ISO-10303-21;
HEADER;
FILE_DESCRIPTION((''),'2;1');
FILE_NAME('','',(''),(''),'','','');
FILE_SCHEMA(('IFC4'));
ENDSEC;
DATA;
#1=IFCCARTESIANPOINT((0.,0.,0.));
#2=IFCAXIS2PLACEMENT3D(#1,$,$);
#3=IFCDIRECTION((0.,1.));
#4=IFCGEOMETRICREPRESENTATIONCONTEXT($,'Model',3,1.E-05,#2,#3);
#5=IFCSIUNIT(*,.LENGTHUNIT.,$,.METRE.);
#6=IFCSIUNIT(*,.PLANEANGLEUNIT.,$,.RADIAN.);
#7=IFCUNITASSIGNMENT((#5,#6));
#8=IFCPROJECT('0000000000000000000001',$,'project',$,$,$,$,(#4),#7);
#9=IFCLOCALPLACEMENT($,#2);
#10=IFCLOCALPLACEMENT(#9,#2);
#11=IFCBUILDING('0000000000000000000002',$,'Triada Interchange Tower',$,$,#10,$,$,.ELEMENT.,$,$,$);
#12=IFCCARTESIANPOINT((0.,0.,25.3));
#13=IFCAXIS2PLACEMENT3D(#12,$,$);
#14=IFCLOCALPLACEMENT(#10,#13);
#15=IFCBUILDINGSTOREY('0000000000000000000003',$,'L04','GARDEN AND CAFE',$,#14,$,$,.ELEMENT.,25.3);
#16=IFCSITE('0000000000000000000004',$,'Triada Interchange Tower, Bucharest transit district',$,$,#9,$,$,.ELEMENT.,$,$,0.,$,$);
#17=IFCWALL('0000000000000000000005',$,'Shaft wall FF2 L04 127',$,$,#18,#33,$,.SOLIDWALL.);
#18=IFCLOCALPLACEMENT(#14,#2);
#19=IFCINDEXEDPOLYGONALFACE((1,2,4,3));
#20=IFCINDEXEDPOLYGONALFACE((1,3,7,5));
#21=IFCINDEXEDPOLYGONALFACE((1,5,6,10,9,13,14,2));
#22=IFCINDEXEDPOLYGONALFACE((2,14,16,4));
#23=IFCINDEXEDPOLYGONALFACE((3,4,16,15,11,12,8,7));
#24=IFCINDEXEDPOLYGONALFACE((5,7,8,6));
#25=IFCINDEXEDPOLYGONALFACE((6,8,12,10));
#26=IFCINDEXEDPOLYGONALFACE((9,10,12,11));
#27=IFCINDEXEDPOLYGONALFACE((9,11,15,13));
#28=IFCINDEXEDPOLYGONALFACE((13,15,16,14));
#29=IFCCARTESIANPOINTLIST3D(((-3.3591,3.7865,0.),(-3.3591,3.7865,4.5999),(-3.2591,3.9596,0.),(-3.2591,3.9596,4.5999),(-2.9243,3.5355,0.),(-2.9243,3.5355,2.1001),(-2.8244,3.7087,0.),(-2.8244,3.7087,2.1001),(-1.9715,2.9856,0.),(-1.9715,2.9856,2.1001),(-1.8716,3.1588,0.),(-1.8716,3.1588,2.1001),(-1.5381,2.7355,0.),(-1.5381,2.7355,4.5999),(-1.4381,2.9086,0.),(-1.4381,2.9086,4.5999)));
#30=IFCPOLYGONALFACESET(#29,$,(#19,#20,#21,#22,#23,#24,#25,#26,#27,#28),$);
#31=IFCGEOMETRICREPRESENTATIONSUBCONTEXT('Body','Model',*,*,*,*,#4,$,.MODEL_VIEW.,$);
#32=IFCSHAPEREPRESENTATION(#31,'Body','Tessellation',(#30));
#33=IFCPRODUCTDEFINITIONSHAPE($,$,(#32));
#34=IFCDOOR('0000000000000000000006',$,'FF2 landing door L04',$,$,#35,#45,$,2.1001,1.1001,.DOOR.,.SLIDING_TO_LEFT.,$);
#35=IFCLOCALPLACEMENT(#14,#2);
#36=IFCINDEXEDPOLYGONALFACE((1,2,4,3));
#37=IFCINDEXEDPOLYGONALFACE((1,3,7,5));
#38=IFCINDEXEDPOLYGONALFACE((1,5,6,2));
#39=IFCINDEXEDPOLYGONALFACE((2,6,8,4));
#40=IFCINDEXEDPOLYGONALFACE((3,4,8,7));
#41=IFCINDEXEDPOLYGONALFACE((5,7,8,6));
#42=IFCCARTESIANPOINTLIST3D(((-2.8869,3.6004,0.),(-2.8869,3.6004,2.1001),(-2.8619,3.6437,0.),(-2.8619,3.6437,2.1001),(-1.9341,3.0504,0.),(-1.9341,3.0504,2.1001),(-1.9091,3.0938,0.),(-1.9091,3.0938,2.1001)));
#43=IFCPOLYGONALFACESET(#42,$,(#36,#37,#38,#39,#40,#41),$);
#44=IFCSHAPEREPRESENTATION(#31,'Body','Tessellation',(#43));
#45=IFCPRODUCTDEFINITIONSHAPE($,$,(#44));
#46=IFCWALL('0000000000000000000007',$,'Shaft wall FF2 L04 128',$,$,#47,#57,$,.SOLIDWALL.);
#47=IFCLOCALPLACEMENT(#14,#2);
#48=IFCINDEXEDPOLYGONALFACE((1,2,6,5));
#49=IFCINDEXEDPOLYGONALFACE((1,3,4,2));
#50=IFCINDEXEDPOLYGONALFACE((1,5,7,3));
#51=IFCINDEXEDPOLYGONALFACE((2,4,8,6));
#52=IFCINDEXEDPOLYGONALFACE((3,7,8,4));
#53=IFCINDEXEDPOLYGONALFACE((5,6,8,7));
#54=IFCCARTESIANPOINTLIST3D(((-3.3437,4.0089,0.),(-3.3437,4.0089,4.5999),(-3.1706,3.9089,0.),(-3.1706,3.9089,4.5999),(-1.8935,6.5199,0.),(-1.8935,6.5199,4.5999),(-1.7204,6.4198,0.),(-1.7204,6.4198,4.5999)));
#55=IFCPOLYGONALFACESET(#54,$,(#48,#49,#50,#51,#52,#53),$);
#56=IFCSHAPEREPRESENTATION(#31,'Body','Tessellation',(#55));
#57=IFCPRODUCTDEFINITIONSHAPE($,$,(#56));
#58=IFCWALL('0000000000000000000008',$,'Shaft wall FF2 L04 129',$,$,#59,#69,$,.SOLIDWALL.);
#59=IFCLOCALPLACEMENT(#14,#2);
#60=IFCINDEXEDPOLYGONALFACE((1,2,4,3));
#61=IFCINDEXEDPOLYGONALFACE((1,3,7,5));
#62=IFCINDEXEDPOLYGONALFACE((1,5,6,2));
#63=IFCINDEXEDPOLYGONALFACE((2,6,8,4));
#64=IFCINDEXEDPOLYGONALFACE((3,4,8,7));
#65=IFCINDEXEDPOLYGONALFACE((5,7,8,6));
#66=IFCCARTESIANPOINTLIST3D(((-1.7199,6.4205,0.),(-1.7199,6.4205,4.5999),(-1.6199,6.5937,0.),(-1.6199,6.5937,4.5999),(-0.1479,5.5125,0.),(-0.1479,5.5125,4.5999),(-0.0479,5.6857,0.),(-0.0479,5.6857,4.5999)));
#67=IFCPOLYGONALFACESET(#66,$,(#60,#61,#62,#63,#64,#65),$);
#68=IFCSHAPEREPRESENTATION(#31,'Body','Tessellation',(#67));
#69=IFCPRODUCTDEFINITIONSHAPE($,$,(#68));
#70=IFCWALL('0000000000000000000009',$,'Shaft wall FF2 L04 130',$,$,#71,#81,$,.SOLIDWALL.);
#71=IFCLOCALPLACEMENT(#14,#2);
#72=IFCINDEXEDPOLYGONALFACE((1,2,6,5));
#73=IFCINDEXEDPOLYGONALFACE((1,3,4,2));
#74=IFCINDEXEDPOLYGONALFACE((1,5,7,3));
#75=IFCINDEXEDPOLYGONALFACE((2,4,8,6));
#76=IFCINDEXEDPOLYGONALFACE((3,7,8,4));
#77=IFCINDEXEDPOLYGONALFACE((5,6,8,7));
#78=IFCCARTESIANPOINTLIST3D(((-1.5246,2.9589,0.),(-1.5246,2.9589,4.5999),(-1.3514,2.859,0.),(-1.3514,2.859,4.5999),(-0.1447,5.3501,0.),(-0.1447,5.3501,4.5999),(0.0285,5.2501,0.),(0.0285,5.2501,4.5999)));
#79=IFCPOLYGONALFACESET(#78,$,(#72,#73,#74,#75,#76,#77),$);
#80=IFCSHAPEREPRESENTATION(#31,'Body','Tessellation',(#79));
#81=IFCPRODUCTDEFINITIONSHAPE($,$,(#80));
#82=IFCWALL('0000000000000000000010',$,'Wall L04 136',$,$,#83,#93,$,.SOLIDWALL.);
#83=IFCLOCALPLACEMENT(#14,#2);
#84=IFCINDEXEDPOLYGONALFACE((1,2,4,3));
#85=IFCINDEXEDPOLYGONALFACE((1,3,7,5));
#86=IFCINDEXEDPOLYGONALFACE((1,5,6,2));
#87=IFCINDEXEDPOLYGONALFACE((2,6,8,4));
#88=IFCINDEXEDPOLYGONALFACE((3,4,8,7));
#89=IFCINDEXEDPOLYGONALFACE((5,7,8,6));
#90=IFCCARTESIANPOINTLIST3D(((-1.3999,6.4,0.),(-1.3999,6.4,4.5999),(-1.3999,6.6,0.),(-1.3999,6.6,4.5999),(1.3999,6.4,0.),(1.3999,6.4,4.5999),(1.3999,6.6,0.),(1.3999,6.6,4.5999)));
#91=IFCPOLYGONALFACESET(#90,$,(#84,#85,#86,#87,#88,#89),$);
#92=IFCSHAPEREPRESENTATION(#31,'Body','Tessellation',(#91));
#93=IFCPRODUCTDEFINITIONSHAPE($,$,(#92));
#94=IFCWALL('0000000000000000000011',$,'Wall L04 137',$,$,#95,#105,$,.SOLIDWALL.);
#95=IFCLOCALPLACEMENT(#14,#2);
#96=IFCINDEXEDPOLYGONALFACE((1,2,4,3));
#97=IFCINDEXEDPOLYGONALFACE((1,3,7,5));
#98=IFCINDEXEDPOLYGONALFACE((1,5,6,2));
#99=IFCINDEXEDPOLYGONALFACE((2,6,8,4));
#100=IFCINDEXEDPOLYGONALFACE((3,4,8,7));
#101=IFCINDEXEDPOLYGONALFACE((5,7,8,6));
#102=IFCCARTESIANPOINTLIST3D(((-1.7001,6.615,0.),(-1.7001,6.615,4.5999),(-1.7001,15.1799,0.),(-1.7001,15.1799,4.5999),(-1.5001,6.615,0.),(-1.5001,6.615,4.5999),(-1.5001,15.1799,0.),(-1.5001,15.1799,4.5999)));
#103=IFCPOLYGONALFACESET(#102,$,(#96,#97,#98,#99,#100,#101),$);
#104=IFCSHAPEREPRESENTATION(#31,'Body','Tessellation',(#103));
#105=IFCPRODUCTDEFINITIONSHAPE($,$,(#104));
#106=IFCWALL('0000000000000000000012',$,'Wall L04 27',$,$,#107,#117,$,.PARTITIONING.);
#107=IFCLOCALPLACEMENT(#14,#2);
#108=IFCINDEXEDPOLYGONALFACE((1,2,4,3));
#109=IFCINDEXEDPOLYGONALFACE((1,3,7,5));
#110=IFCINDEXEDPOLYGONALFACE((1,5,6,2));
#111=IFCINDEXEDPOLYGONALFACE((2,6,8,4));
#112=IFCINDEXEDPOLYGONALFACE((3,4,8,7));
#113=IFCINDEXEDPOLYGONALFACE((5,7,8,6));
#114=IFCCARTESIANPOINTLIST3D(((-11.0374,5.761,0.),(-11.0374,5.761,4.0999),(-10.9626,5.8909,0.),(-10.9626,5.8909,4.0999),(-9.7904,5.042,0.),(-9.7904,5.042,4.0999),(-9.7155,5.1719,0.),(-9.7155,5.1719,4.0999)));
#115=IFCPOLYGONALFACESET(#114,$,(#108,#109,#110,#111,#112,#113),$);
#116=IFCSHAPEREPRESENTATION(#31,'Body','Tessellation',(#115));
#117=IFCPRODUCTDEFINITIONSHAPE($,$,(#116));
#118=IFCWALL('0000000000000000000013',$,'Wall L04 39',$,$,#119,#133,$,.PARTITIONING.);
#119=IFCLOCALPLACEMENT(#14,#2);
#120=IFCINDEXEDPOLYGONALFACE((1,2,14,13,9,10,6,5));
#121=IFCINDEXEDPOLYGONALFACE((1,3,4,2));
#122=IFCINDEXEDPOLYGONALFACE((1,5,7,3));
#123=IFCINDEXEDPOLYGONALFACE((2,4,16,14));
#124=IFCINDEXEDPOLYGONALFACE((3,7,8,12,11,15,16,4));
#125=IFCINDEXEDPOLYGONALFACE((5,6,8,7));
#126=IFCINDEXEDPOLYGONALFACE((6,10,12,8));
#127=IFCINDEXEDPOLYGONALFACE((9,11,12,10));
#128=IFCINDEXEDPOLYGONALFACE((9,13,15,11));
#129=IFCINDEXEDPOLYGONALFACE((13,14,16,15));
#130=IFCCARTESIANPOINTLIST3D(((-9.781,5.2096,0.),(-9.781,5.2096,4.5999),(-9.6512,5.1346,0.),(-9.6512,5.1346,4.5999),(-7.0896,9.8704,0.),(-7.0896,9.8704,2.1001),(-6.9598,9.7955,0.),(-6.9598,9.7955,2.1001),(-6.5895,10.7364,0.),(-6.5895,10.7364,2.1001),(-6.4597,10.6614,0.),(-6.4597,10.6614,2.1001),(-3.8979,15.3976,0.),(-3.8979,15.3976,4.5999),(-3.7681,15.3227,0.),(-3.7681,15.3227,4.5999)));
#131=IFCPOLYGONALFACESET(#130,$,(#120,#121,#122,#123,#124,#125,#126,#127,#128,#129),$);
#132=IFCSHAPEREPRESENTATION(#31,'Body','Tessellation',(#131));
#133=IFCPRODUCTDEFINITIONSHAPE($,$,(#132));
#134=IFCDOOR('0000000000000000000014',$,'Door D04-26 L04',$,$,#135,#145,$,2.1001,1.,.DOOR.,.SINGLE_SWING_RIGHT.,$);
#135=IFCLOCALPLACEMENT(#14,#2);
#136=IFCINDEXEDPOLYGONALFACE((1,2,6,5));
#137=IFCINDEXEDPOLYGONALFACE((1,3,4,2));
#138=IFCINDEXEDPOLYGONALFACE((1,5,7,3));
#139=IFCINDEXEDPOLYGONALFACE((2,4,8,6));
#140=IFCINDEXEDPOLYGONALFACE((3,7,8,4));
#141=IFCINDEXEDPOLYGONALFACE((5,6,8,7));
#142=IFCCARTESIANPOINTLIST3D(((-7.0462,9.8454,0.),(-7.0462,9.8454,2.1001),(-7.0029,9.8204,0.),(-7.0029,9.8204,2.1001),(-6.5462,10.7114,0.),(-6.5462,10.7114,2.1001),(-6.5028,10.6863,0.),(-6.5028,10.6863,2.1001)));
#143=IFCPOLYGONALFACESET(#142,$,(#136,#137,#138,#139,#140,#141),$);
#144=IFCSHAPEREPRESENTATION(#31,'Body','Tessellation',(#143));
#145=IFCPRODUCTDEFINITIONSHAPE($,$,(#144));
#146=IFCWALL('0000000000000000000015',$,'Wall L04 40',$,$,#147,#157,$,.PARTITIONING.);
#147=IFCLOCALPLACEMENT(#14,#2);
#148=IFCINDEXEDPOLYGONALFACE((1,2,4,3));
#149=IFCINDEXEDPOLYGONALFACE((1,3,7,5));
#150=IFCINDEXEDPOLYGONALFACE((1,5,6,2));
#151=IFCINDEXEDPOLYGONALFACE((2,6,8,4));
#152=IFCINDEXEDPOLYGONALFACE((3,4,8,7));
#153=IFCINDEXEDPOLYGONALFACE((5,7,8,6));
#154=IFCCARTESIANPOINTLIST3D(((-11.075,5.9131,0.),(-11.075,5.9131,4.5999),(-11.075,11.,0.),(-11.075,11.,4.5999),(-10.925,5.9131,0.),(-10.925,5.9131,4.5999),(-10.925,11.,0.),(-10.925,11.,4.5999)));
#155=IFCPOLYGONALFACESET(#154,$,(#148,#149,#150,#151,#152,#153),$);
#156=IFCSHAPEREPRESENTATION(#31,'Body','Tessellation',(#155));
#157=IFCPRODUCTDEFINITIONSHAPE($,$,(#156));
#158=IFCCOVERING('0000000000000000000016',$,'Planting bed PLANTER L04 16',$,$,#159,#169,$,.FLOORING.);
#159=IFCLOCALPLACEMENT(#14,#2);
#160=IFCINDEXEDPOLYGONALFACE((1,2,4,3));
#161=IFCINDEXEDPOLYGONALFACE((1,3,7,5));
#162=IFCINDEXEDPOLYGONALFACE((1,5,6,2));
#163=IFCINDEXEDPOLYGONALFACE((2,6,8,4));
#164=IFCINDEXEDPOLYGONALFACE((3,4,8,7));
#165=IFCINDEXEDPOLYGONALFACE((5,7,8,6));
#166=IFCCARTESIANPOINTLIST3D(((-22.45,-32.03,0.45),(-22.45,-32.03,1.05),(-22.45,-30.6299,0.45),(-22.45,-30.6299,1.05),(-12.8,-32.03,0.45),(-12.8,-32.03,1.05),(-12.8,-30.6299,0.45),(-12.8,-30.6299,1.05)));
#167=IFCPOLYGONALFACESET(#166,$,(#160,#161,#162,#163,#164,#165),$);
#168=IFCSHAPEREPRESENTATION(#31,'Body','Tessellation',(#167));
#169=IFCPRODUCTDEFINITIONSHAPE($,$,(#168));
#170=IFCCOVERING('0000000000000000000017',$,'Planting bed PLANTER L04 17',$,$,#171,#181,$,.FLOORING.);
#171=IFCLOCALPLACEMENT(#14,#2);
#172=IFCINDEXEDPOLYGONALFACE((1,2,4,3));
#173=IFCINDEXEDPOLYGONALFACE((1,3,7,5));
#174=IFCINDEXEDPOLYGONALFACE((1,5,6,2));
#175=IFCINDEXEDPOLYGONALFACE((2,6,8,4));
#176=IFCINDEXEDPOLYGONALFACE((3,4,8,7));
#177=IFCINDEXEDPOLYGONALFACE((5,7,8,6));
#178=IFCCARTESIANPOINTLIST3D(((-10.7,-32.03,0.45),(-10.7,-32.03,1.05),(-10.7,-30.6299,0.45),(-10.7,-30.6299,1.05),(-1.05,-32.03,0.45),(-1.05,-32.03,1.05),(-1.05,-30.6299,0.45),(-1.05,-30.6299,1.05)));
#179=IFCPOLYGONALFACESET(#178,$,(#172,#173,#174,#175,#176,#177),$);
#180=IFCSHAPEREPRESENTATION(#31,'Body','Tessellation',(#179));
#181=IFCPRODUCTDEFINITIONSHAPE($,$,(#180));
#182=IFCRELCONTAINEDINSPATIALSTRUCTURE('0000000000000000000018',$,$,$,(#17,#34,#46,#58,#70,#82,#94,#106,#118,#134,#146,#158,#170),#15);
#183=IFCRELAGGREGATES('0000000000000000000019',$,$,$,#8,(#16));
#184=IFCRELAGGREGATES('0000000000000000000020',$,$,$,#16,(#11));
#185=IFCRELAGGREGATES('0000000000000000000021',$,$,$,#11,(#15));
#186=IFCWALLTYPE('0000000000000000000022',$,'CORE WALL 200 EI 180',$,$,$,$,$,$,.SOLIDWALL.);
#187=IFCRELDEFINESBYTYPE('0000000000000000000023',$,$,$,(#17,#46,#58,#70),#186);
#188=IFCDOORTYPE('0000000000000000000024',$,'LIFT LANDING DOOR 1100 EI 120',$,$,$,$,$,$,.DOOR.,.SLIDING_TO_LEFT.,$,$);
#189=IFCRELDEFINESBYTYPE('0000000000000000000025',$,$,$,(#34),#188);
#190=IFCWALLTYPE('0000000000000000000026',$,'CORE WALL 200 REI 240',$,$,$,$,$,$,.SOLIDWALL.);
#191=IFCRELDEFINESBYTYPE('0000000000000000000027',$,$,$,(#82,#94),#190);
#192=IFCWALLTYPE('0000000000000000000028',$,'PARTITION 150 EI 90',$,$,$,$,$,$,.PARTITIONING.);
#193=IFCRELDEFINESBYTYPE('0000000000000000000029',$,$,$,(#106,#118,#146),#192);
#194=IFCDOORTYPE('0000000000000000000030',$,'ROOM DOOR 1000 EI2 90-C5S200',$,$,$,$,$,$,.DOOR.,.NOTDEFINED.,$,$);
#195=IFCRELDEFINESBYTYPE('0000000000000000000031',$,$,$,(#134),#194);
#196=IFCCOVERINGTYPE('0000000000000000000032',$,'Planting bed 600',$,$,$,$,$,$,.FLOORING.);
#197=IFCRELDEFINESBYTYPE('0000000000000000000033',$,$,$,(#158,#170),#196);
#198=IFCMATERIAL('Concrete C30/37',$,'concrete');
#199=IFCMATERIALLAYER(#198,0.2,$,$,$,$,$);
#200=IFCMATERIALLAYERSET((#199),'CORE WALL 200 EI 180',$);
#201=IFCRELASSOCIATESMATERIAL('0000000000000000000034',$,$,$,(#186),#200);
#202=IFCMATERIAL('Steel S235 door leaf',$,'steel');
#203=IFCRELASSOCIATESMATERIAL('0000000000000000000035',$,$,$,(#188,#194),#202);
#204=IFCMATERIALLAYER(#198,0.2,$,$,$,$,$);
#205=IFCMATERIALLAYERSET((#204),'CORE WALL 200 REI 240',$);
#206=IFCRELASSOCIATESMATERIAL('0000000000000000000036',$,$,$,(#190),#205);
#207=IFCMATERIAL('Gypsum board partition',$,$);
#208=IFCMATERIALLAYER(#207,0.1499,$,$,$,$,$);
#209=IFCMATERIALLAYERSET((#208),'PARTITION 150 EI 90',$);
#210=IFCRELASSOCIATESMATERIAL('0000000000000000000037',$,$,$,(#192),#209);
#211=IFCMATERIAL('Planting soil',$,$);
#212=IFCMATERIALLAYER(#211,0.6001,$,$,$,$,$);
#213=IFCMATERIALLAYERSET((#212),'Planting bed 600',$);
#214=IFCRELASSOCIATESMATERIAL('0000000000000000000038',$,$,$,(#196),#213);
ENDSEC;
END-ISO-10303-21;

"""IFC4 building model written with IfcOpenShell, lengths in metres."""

from ifc_helpers import new_model, si_unit, direction, frame, frame_2d, origin, place, context, subcontext, project, spatial, polyline, rectangle, outline, extrude, material, layer, layer_set, type_object, element, fill, save


model = new_model("IFC4")

# Units and contexts
model_context = context("Model", 3, precision=1e-05, world=origin(), true_north=direction((0.0, 1.0)))
body_context = subcontext(model_context, "Body", "Model", "MODEL_VIEW")
ifc_project = project(units=[si_unit("LENGTHUNIT", "METRE"), si_unit("PLANEANGLEUNIT", "RADIAN")], contexts=[model_context])

# Site, building, storey
site_placement = place(None, origin())
site = spatial("IfcSite", under=ifc_project, at=site_placement, Name="Triada Interchange Tower, Bucharest transit district", CompositionType="ELEMENT", RefElevation=0.0)
building_placement = place(site_placement, origin())
building = spatial("IfcBuilding", under=site, at=building_placement, Name="Triada Interchange Tower", CompositionType="ELEMENT")
storey_placement = place(building_placement, frame((0.0, 0.0, 25.3)))
storey = spatial("IfcBuildingStorey", under=building, at=storey_placement, Name="L04", Description="GARDEN AND CAFE", CompositionType="ELEMENT", Elevation=25.3)

# Shared definitions
ifc_material_1 = material(Name="Concrete C30/37", Category="concrete")

# Shared definitions
ifc_layer_1 = layer(ifc_material_1, 0.2)
ifc_layer_set_1 = layer_set([ifc_layer_1], Name="CORE WALL 200 EI 180")
wall_type_1 = type_object("IfcWallType", Name="CORE WALL 200 EI 180", PredefinedType="SOLIDWALL", material=ifc_layer_set_1)
ifc_material_2 = material(Name="Steel S235 door leaf", Category="steel")
door_type_1 = type_object("IfcDoorType", Name="LIFT LANDING DOOR 1100 EI 120", OperationType="SLIDING_TO_LEFT", PredefinedType="DOOR", material=ifc_material_2)

# Wall, opening, door
wall_1_placement = place(storey_placement, frame((-3.3091, 3.873, 0.0), z_axis=(0.0, 0.0, 1.0), x_axis=(0.866099, -0.499873, 0.0)))
wall_1 = element("IfcWall", 1, at=wall_1_placement, inside=storey, type_object=wall_type_1, Name="Shaft wall FF2 L04 127", PredefinedType="SOLIDWALL", context=body_context, shape_type="SweptSolid", body=[
    extrude(rectangle(XDim=2.1025, YDim=0.2, at=frame_2d((1.0513, 0.0))), origin(), (0.0, 0.0, 1.0), 4.5999),
])
opening_1_placement = place(wall_1_placement, frame((0.502, 0.0, 0.0)))
opening_1 = element("IfcOpeningElement", 2, at=opening_1_placement, cuts=wall_1, PredefinedType="OPENING", context=body_context, shape_type="SweptSolid", body=[
    extrude(rectangle(XDim=1.1001, YDim=2.1001, at=frame_2d((0.55, 1.05))), frame((0.0, 0.1099, 0.0), z_axis=(0.0, -1.0, 0.0), x_axis=(1.0, 0.0, 0.0)), (0.0, 0.0, 1.0), 0.22),
])
door_1_placement = place(opening_1_placement, origin())
door_1 = element("IfcDoor", 3, at=door_1_placement, inside=storey, type_object=door_type_1, Name="FF2 landing door L04", OperationType="SLIDING_TO_LEFT", OverallHeight=2.1001, OverallWidth=1.1001, PredefinedType="DOOR", context=body_context, shape_type="SweptSolid", body=[
    extrude(rectangle(XDim=1.1001, YDim=2.1001, at=frame_2d((0.55, 1.05))), frame((0.0, 0.0249, 0.0), z_axis=(0.0, -1.0, 0.0), x_axis=(1.0, 0.0, 0.0)), (0.0, 0.0, 1.0), 0.05),
])
fill(opening_1, door_1)

# Walls
wall_2_placement = place(storey_placement, frame((-3.2571, 3.959, 0.0), z_axis=(0.0, 0.0, 1.0), x_axis=(0.500123, 0.865954, 0.0)))
element("IfcWall", 4, at=wall_2_placement, inside=storey, type_object=wall_type_1, Name="Shaft wall FF2 L04 128", PredefinedType="SOLIDWALL", context=body_context, shape_type="SweptSolid", body=[
    extrude(rectangle(XDim=2.8997, YDim=0.2, at=frame_2d((1.4497, 0.0))), origin(), (0.0, 0.0, 1.0), 4.5999),
])
wall_3_placement = place(storey_placement, frame((-1.6699, 6.5071, 0.0), z_axis=(0.0, 0.0, 1.0), x_axis=(0.865941, -0.500145, 0.0)))
element("IfcWall", 5, at=wall_3_placement, inside=storey, type_object=wall_type_1, Name="Shaft wall FF2 L04 129", PredefinedType="SOLIDWALL", context=body_context, shape_type="SweptSolid", body=[
    extrude(rectangle(XDim=1.8154, YDim=0.2, at=frame_2d((0.9077, 0.0))), origin(), (0.0, 0.0, 1.0), 4.5999),
])
wall_4_placement = place(storey_placement, frame((-1.438, 2.9089, 0.0), z_axis=(0.0, 0.0, 1.0), x_axis=(0.49983, 0.866124, 0.0)))
element("IfcWall", 6, at=wall_4_placement, inside=storey, type_object=wall_type_1, Name="Shaft wall FF2 L04 130", PredefinedType="SOLIDWALL", context=body_context, shape_type="SweptSolid", body=[
    extrude(rectangle(XDim=2.7607, YDim=0.2, at=frame_2d((1.3804, 0.0))), origin(), (0.0, 0.0, 1.0), 4.5999),
])
ifc_layer_2 = layer(ifc_material_1, 0.2)
ifc_layer_set_2 = layer_set([ifc_layer_2], Name="CORE WALL 200 REI 240")
wall_type_2 = type_object("IfcWallType", Name="CORE WALL 200 REI 240", PredefinedType="SOLIDWALL", material=ifc_layer_set_2)
wall_5_placement = place(storey_placement, frame((-1.3999, 6.5, 0.0), z_axis=(0.0, 0.0, 1.0), x_axis=(1.0, 0.0, 0.0)))
element("IfcWall", 7, at=wall_5_placement, inside=storey, type_object=wall_type_2, Name="Wall L04 136", PredefinedType="SOLIDWALL", context=body_context, shape_type="SweptSolid", body=[
    extrude(rectangle(XDim=2.7998, YDim=0.2, at=frame_2d((1.3999, 0.0))), origin(), (0.0, 0.0, 1.0), 4.5999),
])
wall_6_placement = place(storey_placement, frame((-1.6001, 6.615, 0.0), z_axis=(0.0, 0.0, 1.0), x_axis=(0.0, 1.0, 0.0)))
element("IfcWall", 8, at=wall_6_placement, inside=storey, type_object=wall_type_2, Name="Wall L04 137", PredefinedType="SOLIDWALL", context=body_context, shape_type="SweptSolid", body=[
    extrude(rectangle(XDim=8.5649, YDim=0.2, at=frame_2d((4.2825, 0.0))), origin(), (0.0, 0.0, 1.0), 4.5999),
])
ifc_material_3 = material(Name="Gypsum board partition")
ifc_layer_3 = layer(ifc_material_3, 0.1499)
ifc_layer_set_3 = layer_set([ifc_layer_3], Name="PARTITION 150 EI 90")
wall_type_3 = type_object("IfcWallType", Name="PARTITION 150 EI 90", PredefinedType="PARTITIONING", material=ifc_layer_set_3)
wall_7_placement = place(storey_placement, frame((-11.0, 5.8259, 0.0), z_axis=(0.0, 0.0, 1.0), x_axis=(0.866327, -0.499478, 0.0)))
element("IfcWall", 9, at=wall_7_placement, inside=storey, type_object=wall_type_3, Name="Wall L04 27", PredefinedType="PARTITIONING", context=body_context, shape_type="SweptSolid", body=[
    extrude(rectangle(XDim=1.4395, YDim=0.1499, at=frame_2d((0.7197, 0.0))), origin(), (0.0, 0.0, 1.0), 4.0999),
])

# Wall, opening, door
wall_8_placement = place(storey_placement, frame((-9.7161, 5.1721, 0.0), z_axis=(0.0, 0.0, 1.0), x_axis=(0.500065, 0.865988, 0.0)))
wall_8 = element("IfcWall", 10, at=wall_8_placement, inside=storey, type_object=wall_type_3, Name="Wall L04 39", PredefinedType="PARTITIONING", context=body_context, shape_type="SweptSolid", body=[
    extrude(rectangle(XDim=11.7646, YDim=0.1499, at=frame_2d((5.8823, 0.0))), origin(), (0.0, 0.0, 1.0), 4.5999),
])
opening_2_placement = place(wall_8_placement, frame((5.3821, 0.0, 0.0)))
opening_2 = element("IfcOpeningElement", 11, at=opening_2_placement, cuts=wall_8, PredefinedType="OPENING", context=body_context, shape_type="SweptSolid", body=[
    extrude(rectangle(XDim=1.0, YDim=2.1001, at=frame_2d((0.5, 1.05))), frame((0.0, 0.085, 0.0), z_axis=(0.0, -1.0, 0.0), x_axis=(1.0, 0.0, 0.0)), (0.0, 0.0, 1.0), 0.1699),
])
door_type_2 = type_object("IfcDoorType", Name="ROOM DOOR 1000 EI2 90-C5S200", OperationType="NOTDEFINED", PredefinedType="DOOR", material=ifc_material_2)
door_2_placement = place(opening_2_placement, origin())
door_2 = element("IfcDoor", 12, at=door_2_placement, inside=storey, type_object=door_type_2, Name="Door D04-26 L04", OperationType="SINGLE_SWING_RIGHT", OverallHeight=2.1001, OverallWidth=1.0, PredefinedType="DOOR", context=body_context, shape_type="SweptSolid", body=[
    extrude(rectangle(XDim=1.0, YDim=2.1001, at=frame_2d((0.5, 1.05))), frame((0.0, 0.0249, 0.0), z_axis=(0.0, -1.0, 0.0), x_axis=(1.0, 0.0, 0.0)), (0.0, 0.0, 1.0), 0.05),
])
fill(opening_2, door_2)

# Wall
wall_9_placement = place(storey_placement, frame((-11.0, 5.9131, 0.0), z_axis=(0.0, 0.0, 1.0), x_axis=(0.0, 1.0, 0.0)))
element("IfcWall", 13, at=wall_9_placement, inside=storey, type_object=wall_type_3, Name="Wall L04 40", PredefinedType="PARTITIONING", context=body_context, shape_type="SweptSolid", body=[
    extrude(rectangle(XDim=5.0869, YDim=0.1499, at=frame_2d((2.5435, 0.0))), origin(), (0.0, 0.0, 1.0), 4.5999),
])

# Coverings
ifc_material_4 = material(Name="Planting soil")
ifc_layer_4 = layer(ifc_material_4, 0.6001)
ifc_layer_set_4 = layer_set([ifc_layer_4], Name="Planting bed 600")
covering_type = type_object("IfcCoveringType", Name="Planting bed 600", PredefinedType="FLOORING", material=ifc_layer_set_4)
covering_1_placement = place(storey_placement, frame((0.0, 0.0, 0.45)))
element("IfcCovering", 14, at=covering_1_placement, inside=storey, type_object=covering_type, Name="Planting bed PLANTER L04 16", PredefinedType="FLOORING", context=body_context, shape_type="SweptSolid", body=[
    extrude(outline(polyline([(-22.45, -32.03), (-12.8, -32.03), (-12.8, -30.6299), (-22.45, -30.6299), (-22.45, -32.03)])), origin(), (0.0, 0.0, 1.0), 0.6001),
])
covering_2_placement = place(storey_placement, frame((0.0, 0.0, 0.45)))
element("IfcCovering", 15, at=covering_2_placement, inside=storey, type_object=covering_type, Name="Planting bed PLANTER L04 17", PredefinedType="FLOORING", context=body_context, shape_type="SweptSolid", body=[
    extrude(outline(polyline([(-10.7, -32.03), (-1.05, -32.03), (-1.05, -30.6299), (-10.7, -30.6299), (-10.7, -32.03)])), origin(), (0.0, 0.0, 1.0), 0.6001),
])

save(model, "model.ifc")
